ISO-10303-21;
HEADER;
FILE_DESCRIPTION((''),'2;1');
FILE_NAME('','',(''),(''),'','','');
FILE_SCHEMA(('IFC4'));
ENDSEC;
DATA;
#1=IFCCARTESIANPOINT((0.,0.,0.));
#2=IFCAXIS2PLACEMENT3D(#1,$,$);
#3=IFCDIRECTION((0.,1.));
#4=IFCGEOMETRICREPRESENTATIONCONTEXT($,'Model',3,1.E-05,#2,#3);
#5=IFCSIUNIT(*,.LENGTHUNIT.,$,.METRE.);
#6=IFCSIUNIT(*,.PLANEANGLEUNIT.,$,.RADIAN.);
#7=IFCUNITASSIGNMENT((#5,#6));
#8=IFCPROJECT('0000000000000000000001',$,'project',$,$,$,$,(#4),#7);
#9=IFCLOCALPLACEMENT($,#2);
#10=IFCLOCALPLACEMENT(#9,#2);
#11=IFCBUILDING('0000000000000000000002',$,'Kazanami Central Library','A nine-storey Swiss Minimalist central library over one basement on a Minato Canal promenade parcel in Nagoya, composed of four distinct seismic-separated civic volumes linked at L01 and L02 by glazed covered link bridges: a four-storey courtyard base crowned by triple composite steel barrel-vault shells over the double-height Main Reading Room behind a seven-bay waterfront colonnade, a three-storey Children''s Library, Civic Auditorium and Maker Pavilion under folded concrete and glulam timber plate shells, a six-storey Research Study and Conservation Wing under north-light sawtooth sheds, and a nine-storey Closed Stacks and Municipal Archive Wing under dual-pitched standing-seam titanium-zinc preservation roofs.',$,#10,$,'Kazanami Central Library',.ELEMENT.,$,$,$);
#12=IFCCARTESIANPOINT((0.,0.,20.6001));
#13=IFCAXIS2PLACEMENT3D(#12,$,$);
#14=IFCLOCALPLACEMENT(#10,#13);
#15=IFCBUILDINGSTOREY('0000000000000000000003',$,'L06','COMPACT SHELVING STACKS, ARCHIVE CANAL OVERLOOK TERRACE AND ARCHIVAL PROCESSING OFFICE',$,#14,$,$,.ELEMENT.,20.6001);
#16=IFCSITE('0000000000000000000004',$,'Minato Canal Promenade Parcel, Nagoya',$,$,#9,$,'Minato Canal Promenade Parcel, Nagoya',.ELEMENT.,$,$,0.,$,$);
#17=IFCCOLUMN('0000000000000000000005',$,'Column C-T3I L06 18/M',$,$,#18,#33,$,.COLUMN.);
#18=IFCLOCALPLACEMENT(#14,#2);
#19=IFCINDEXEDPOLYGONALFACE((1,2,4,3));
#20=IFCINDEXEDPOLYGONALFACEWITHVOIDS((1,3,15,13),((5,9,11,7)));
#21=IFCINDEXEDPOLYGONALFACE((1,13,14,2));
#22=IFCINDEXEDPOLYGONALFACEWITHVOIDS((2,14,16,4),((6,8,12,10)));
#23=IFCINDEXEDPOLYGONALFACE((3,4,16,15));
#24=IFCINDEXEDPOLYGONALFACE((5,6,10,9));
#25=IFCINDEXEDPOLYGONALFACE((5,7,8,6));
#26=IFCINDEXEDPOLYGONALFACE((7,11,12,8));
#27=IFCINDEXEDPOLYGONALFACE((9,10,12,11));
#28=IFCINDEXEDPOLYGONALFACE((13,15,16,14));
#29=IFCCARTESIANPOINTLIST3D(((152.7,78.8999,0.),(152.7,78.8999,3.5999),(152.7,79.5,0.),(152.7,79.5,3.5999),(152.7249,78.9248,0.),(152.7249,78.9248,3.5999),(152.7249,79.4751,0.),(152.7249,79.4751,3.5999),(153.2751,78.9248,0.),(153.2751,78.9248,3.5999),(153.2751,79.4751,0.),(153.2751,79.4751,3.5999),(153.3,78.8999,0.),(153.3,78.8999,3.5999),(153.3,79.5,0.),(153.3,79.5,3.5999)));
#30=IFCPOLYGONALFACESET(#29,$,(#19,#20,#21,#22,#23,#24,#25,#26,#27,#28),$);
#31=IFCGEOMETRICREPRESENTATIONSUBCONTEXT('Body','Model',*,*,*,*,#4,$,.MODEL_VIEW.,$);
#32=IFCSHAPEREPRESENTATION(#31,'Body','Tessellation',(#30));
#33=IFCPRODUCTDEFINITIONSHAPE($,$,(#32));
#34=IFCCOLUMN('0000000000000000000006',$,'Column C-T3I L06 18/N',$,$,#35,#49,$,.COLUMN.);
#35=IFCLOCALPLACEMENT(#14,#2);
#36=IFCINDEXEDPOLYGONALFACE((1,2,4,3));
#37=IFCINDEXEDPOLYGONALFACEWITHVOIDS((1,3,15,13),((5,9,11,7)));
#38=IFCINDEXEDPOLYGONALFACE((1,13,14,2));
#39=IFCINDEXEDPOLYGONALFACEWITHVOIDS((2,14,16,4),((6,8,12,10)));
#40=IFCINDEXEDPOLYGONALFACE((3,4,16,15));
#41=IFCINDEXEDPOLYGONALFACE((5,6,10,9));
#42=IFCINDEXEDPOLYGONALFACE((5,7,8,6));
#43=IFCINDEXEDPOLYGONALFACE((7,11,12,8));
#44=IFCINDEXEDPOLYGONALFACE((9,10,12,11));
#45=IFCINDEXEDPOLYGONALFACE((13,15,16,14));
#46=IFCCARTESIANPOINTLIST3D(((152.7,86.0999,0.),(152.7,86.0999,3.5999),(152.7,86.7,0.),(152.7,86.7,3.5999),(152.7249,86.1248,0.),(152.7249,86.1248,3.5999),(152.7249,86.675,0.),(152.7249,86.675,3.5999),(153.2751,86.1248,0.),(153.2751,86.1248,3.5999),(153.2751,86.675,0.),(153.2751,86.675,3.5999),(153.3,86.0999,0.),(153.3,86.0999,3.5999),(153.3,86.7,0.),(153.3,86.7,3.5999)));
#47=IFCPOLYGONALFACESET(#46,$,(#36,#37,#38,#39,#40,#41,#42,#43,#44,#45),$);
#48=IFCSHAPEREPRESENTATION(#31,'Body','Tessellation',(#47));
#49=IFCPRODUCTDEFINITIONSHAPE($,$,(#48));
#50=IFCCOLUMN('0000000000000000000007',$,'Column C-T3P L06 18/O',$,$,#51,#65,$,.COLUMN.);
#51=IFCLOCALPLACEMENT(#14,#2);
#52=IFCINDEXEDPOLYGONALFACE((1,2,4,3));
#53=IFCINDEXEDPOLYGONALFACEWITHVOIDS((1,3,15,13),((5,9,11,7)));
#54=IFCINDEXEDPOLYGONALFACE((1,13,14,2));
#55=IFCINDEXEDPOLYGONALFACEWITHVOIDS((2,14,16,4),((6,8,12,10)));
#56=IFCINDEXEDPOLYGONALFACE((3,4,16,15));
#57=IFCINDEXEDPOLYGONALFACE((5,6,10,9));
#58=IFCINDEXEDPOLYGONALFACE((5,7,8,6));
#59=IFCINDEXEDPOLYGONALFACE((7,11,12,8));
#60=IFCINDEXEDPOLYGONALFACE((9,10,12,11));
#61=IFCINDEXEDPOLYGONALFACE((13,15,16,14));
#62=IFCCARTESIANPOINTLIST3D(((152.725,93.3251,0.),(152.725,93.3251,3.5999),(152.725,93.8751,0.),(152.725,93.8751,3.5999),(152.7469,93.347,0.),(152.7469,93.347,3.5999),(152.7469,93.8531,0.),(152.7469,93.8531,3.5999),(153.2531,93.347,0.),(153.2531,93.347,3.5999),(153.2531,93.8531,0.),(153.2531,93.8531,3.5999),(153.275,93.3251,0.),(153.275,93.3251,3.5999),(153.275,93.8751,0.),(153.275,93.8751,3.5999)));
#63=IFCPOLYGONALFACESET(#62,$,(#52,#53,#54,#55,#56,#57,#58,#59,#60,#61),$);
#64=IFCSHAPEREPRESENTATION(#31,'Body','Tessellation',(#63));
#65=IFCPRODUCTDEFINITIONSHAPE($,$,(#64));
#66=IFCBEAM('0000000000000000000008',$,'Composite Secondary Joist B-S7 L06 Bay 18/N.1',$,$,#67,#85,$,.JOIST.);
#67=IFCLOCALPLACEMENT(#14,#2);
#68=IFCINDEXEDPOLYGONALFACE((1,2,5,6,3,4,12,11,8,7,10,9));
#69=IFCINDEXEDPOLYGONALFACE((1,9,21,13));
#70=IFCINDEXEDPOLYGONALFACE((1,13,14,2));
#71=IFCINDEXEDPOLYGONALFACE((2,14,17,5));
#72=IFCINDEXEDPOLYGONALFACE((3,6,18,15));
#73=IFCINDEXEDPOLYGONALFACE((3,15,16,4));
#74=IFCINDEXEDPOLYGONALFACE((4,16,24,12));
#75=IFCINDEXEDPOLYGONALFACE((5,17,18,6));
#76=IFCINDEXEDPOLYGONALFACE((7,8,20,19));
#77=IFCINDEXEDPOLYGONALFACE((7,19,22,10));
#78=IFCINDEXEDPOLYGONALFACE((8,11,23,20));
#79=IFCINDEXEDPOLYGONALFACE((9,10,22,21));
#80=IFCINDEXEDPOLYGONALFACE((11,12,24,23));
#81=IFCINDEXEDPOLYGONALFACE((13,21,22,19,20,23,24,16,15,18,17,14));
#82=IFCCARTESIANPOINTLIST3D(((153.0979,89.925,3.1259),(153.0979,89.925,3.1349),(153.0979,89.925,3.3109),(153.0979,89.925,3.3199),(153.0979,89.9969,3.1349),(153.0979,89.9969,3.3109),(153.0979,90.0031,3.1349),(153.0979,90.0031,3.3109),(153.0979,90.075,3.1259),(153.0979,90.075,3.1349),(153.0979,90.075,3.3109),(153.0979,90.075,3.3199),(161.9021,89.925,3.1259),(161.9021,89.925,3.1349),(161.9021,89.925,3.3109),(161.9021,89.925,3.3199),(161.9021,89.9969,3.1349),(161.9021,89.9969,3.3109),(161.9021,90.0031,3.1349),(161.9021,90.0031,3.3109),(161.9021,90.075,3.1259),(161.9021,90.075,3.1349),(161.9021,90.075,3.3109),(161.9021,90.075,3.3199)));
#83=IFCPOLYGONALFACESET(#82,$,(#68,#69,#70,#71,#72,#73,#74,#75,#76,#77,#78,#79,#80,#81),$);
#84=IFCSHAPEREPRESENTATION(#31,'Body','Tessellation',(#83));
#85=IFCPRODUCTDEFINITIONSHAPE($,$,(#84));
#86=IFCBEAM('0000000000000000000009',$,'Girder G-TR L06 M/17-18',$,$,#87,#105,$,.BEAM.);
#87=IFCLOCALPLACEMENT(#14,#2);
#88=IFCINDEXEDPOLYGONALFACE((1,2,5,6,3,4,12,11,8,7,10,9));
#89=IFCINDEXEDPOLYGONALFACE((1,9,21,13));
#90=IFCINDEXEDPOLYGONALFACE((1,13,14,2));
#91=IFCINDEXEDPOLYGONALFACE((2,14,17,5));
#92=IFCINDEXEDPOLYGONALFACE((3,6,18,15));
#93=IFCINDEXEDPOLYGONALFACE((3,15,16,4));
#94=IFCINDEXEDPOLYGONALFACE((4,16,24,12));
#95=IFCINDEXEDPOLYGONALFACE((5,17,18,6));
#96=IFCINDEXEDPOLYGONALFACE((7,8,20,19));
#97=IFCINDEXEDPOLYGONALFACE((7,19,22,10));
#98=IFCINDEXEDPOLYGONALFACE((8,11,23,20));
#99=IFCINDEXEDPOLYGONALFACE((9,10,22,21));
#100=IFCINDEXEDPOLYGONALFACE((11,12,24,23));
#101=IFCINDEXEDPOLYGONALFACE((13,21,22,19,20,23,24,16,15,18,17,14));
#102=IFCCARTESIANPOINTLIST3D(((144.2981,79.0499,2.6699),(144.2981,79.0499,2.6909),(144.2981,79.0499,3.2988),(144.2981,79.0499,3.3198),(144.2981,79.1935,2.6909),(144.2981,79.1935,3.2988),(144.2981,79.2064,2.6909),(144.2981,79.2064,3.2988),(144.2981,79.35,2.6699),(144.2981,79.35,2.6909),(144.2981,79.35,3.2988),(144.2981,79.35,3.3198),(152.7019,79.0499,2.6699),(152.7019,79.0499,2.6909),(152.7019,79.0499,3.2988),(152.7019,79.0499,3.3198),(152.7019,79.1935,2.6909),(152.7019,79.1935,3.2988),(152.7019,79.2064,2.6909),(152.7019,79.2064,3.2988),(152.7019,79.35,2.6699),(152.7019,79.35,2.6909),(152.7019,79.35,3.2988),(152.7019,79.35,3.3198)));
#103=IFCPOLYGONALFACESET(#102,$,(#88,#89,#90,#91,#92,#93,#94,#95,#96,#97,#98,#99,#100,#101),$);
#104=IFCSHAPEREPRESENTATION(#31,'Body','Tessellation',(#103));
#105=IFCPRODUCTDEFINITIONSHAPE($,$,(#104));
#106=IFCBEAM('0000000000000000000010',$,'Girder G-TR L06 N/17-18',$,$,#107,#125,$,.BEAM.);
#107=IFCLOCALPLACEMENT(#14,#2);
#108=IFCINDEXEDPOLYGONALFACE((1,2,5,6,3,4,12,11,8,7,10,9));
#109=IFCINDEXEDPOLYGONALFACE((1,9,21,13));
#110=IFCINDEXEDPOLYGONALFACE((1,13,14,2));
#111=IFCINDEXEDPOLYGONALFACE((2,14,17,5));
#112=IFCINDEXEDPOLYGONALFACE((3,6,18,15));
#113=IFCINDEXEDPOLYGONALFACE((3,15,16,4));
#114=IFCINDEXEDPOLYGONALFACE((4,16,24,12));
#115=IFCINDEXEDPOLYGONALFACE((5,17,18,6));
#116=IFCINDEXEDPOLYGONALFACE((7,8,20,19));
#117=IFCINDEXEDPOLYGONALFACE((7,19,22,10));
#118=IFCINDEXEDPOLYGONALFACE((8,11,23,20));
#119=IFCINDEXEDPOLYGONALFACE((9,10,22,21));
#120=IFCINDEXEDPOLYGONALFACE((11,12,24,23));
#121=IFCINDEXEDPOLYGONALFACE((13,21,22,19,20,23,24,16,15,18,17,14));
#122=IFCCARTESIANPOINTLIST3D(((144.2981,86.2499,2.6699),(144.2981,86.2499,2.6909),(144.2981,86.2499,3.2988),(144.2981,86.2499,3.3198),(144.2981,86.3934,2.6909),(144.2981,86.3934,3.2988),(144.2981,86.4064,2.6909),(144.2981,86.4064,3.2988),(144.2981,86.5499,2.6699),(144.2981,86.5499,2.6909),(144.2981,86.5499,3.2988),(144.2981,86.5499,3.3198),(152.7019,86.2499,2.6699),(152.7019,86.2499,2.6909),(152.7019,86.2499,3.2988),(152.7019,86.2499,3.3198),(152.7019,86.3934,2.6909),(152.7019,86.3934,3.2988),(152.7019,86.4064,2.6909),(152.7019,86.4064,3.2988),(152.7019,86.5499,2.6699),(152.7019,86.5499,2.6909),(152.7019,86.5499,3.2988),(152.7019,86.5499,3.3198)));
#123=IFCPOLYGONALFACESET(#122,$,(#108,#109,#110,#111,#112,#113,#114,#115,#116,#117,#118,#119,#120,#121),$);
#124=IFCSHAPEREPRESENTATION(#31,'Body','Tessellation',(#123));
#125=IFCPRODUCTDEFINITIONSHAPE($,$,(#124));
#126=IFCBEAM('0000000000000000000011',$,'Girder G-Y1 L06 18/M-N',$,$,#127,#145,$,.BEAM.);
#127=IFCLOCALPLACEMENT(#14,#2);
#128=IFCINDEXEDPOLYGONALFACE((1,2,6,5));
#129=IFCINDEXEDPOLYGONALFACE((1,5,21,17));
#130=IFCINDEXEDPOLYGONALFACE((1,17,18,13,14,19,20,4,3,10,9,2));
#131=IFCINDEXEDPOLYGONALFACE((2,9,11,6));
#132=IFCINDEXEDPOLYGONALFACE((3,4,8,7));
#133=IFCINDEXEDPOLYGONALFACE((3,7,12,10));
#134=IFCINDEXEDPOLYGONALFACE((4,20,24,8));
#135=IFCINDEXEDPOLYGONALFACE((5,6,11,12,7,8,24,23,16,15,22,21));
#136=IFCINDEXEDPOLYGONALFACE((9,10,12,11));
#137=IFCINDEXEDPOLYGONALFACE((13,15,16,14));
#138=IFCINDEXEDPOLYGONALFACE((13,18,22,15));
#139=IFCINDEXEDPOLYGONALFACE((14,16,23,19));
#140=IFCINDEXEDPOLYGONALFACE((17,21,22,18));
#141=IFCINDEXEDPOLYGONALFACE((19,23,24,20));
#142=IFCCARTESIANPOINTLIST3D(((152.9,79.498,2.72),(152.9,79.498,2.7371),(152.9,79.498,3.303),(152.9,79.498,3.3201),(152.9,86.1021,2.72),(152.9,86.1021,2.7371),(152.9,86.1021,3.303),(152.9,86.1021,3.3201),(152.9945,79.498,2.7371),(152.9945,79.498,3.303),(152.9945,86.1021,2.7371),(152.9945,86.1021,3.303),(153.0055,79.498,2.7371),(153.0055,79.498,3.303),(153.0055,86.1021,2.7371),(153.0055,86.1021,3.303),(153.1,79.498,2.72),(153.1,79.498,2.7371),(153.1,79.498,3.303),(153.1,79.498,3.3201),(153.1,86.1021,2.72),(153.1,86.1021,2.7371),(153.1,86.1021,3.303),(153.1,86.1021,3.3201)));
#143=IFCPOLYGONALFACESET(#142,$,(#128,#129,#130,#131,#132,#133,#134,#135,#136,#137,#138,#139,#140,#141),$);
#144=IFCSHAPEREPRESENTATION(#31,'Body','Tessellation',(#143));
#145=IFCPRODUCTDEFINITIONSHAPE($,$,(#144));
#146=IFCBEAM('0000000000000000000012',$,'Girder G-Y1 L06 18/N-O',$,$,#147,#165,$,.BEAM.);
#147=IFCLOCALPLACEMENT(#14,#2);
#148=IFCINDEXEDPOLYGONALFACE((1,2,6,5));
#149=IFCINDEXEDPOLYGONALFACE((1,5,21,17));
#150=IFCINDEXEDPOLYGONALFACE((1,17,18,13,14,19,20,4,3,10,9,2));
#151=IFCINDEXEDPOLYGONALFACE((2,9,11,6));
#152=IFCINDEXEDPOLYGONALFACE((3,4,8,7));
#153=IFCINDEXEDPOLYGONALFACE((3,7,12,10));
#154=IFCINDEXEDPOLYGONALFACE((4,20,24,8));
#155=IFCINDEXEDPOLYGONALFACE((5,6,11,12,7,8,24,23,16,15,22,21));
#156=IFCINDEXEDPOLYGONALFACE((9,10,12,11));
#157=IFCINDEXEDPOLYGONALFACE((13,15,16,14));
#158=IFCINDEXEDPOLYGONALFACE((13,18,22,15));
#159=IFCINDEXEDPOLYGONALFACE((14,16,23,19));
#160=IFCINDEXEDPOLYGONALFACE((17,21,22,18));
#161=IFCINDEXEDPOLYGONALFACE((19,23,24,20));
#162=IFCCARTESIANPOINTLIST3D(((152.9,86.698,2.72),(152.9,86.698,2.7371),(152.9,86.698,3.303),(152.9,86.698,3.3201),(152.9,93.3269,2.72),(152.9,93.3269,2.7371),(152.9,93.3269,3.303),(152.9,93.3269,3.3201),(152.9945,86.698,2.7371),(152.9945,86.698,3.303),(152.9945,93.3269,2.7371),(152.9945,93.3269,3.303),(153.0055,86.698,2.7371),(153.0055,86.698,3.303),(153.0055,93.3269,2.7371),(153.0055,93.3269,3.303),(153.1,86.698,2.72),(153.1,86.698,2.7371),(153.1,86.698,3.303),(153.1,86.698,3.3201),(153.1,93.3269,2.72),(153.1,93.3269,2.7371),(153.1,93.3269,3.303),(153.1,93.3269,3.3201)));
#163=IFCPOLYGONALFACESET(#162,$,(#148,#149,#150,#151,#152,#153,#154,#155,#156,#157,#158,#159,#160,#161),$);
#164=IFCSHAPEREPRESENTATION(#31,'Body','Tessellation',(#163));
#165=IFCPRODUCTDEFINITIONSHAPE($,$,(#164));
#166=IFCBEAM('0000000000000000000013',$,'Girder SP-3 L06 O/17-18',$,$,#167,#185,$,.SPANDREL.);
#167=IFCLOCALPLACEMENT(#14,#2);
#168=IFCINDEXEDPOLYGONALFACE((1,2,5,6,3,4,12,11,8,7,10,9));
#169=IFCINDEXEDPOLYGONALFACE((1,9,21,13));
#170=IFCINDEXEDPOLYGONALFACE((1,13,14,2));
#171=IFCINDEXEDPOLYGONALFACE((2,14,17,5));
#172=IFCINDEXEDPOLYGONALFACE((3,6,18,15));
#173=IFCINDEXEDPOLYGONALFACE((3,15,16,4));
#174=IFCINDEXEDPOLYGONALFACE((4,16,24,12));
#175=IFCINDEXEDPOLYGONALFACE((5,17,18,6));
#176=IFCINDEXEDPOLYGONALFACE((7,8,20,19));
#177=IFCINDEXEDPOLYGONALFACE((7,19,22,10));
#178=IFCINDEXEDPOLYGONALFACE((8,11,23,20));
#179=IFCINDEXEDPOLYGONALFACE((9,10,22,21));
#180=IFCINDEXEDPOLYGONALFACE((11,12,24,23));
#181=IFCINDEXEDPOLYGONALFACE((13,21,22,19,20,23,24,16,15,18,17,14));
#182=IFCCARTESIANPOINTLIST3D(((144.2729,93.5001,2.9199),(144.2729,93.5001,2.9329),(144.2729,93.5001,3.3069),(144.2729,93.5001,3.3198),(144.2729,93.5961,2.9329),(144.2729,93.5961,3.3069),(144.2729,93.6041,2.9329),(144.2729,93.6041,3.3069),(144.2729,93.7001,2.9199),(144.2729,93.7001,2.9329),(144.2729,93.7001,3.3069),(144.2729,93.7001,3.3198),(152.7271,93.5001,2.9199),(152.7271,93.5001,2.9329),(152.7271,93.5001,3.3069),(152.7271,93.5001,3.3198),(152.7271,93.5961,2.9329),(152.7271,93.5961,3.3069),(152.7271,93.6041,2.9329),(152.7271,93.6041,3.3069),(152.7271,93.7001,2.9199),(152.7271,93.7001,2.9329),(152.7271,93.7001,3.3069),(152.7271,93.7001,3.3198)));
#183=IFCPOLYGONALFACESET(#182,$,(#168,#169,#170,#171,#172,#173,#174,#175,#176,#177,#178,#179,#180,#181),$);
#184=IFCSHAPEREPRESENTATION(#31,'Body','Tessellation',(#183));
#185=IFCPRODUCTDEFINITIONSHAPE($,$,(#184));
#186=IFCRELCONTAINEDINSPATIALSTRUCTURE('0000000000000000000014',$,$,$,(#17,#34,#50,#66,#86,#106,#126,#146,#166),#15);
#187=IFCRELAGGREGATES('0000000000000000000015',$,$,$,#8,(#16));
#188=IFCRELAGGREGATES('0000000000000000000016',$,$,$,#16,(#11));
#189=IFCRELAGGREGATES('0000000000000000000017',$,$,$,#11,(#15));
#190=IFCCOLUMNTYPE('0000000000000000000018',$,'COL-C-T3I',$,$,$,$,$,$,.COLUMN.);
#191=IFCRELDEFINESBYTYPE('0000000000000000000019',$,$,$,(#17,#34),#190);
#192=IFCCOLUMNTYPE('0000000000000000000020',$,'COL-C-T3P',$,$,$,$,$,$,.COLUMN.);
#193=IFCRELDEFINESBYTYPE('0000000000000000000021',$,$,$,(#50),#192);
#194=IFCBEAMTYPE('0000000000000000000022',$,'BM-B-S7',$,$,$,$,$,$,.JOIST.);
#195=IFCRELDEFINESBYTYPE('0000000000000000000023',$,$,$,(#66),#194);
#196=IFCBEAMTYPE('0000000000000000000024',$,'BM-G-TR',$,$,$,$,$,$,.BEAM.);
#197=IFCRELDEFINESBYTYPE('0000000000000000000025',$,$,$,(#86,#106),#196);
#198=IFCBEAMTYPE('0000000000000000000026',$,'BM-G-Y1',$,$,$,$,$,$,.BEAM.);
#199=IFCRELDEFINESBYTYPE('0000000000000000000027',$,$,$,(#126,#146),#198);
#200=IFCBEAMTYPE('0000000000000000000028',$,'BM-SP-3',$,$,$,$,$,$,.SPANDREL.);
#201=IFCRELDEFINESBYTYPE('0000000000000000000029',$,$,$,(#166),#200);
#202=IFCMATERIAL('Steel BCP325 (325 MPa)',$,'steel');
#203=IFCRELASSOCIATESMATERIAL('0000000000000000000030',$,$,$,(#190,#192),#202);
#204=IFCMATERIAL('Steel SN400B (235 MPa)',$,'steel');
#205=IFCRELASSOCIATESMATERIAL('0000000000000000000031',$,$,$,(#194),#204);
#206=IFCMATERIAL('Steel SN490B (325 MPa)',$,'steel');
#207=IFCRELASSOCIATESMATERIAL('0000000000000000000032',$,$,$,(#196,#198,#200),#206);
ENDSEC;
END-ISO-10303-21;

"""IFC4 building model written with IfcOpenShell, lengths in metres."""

from ifc_helpers import new_model, si_unit, direction, frame, origin, origin_2d, place, context, subcontext, project, spatial, hollow_rectangle, i_section, extrude, material, material_profile, profile_set, type_object, element, save


model = new_model("IFC4")

# Units and contexts
model_context = context("Model", 3, precision=1e-05, world=origin(), true_north=direction((0.0, 1.0)))
body_context = subcontext(model_context, "Body", "Model", "MODEL_VIEW")
ifc_project = project(units=[si_unit("LENGTHUNIT", "METRE"), si_unit("PLANEANGLEUNIT", "RADIAN")], contexts=[model_context])

# Site, building, storey
site_placement = place(None, origin())
site = spatial("IfcSite", under=ifc_project, at=site_placement, Name="Minato Canal Promenade Parcel, Nagoya", LongName="Minato Canal Promenade Parcel, Nagoya", CompositionType="ELEMENT", RefElevation=0.0)
building_placement = place(site_placement, origin())
building = spatial("IfcBuilding", under=site, at=building_placement, Name="Kazanami Central Library", Description="A nine-storey Swiss Minimalist central library over one basement on a Minato Canal promenade parcel in Nagoya, composed of four distinct seismic-separated civic volumes linked at L01 and L02 by glazed covered link bridges: a four-storey courtyard base crowned by triple composite steel barrel-vault shells over the double-height Main Reading Room behind a seven-bay waterfront colonnade, a three-storey Children's Library, Civic Auditorium and Maker Pavilion under folded concrete and glulam timber plate shells, a six-storey Research Study and Conservation Wing under north-light sawtooth sheds, and a nine-storey Closed Stacks and Municipal Archive Wing under dual-pitched standing-seam titanium-zinc preservation roofs.", LongName="Kazanami Central Library", CompositionType="ELEMENT")
storey_placement = place(building_placement, frame((0.0, 0.0, 20.6001)))
storey = spatial("IfcBuildingStorey", under=building, at=storey_placement, Name="L06", Description="COMPACT SHELVING STACKS, ARCHIVE CANAL OVERLOOK TERRACE AND ARCHIVAL PROCESSING OFFICE", CompositionType="ELEMENT", Elevation=20.6001)

# Columns
ifc_material_1 = material(Name="Steel BCP325 (325 MPa)", Category="steel")
ifc_material_profile_1 = material_profile(ifc_material_1, hollow_rectangle(XDim=0.6001, YDim=0.6001, WallThickness=0.0249, at=origin_2d()), Name="BCP-600x600x25")
ifc_profile_set_1 = profile_set([ifc_material_profile_1], Name="Steel BCP325 (325 MPa)")
column_type_1 = type_object("IfcColumnType", Name="COL-C-T3I", PredefinedType="COLUMN", material=ifc_profile_set_1)
for number, where, z_axis, x_axis, name in (
    (1, (153.0, 79.2, 0.0), (0.0, 0.0, 1.0), (1.0, 0.0, 0.0), "Column C-T3I L06 18/M"),
    (2, (153.0, 86.3999, 0.0), (0.0, 0.0, 1.0), (1.0, 0.0, 0.0), "Column C-T3I L06 18/N"),
):
    element("IfcColumn", number, at=place(storey_placement, frame(where, z_axis=z_axis, x_axis=x_axis)), inside=storey, type_object=column_type_1, Name=name, PredefinedType="COLUMN", context=body_context, shape_type="SweptSolid", body=[
        extrude(hollow_rectangle(XDim=0.6001, YDim=0.6001, WallThickness=0.0249, at=origin_2d()), origin(), (0.0, 0.0, 1.0), 3.5999),
    ])
ifc_material_profile_2 = material_profile(ifc_material_1, hollow_rectangle(XDim=0.55, YDim=0.55, WallThickness=0.022, at=origin_2d()), Name="BCP-550x550x22")
ifc_profile_set_2 = profile_set([ifc_material_profile_2], Name="Steel BCP325 (325 MPa)")
column_type_2 = type_object("IfcColumnType", Name="COL-C-T3P", PredefinedType="COLUMN", material=ifc_profile_set_2)
column_placement = place(storey_placement, frame((153.0, 93.6001, 0.0), z_axis=(0.0, 0.0, 1.0), x_axis=(1.0, 0.0, 0.0)))
element("IfcColumn", 3, at=column_placement, inside=storey, type_object=column_type_2, Name="Column C-T3P L06 18/O", PredefinedType="COLUMN", context=body_context, shape_type="SweptSolid", body=[
    extrude(hollow_rectangle(XDim=0.55, YDim=0.55, WallThickness=0.022, at=origin_2d()), origin(), (0.0, 0.0, 1.0), 3.5999),
])

# Beams
ifc_material_2 = material(Name="Steel SN400B (235 MPa)", Category="steel")
ifc_material_profile_3 = material_profile(ifc_material_2, i_section(OverallWidth=0.1499, OverallDepth=0.1941, WebThickness=0.0061, FlangeThickness=0.009, at=origin_2d()), Name="H-194x150x6x9")
ifc_profile_set_3 = profile_set([ifc_material_profile_3], Name="Steel SN400B (235 MPa)")
beam_type_1 = type_object("IfcBeamType", Name="BM-B-S7", PredefinedType="JOIST", material=ifc_profile_set_3)
beam_1_placement = place(storey_placement, frame((153.0979, 90.0, 3.2229), z_axis=(1.0, 0.0, 0.0), x_axis=(0.0, 1.0, 0.0)))
element("IfcBeam", 4, at=beam_1_placement, inside=storey, type_object=beam_type_1, Name="Composite Secondary Joist B-S7 L06 Bay 18/N.1", PredefinedType="JOIST", context=body_context, shape_type="SweptSolid", body=[
    extrude(i_section(OverallWidth=0.1499, OverallDepth=0.1941, WebThickness=0.0061, FlangeThickness=0.009, at=origin_2d()), origin(), (0.0, 0.0, 1.0), 8.8042),
])
ifc_material_3 = material(Name="Steel SN490B (325 MPa)", Category="steel")
ifc_material_profile_4 = material_profile(ifc_material_3, i_section(OverallWidth=0.3, OverallDepth=0.6499, WebThickness=0.0129, FlangeThickness=0.021, at=origin_2d()), Name="H-650x300x13x21")
ifc_profile_set_4 = profile_set([ifc_material_profile_4], Name="Steel SN490B (325 MPa)")
beam_type_2 = type_object("IfcBeamType", Name="BM-G-TR", PredefinedType="BEAM", material=ifc_profile_set_4)
for number, where, z_axis, x_axis, name in (
    (5, (144.2981, 79.2, 2.9949), (1.0, 0.0, 0.0), (0.0, 1.0, 0.0), "Girder G-TR L06 M/17-18"),
    (6, (144.2981, 86.3999, 2.9949), (1.0, 0.0, 0.0), (0.0, 1.0, 0.0), "Girder G-TR L06 N/17-18"),
):
    element("IfcBeam", number, at=place(storey_placement, frame(where, z_axis=z_axis, x_axis=x_axis)), inside=storey, type_object=beam_type_2, Name=name, PredefinedType="BEAM", context=body_context, shape_type="SweptSolid", body=[
        extrude(i_section(OverallWidth=0.3, OverallDepth=0.6499, WebThickness=0.0129, FlangeThickness=0.021, at=origin_2d()), origin(), (0.0, 0.0, 1.0), 8.4038),
    ])
ifc_material_profile_5 = material_profile(ifc_material_3, i_section(OverallWidth=0.2, OverallDepth=0.6001, WebThickness=0.011, FlangeThickness=0.0171, at=origin_2d()), Name="H-600x200x11x17")
ifc_profile_set_5 = profile_set([ifc_material_profile_5], Name="Steel SN490B (325 MPa)")
beam_type_3 = type_object("IfcBeamType", Name="BM-G-Y1", PredefinedType="BEAM", material=ifc_profile_set_5)
beam_2_placement = place(storey_placement, frame((153.0, 79.498, 3.02), z_axis=(0.0, 1.0, 0.0), x_axis=(-1.0, 0.0, 0.0)))
element("IfcBeam", 7, at=beam_2_placement, inside=storey, type_object=beam_type_3, Name="Girder G-Y1 L06 18/M-N", PredefinedType="BEAM", context=body_context, shape_type="SweptSolid", body=[
    extrude(i_section(OverallWidth=0.2, OverallDepth=0.6001, WebThickness=0.011, FlangeThickness=0.0171, at=origin_2d()), origin(), (0.0, 0.0, 1.0), 6.604),
])
beam_3_placement = place(storey_placement, frame((153.0, 86.698, 3.02), z_axis=(0.0, 1.0, 0.0), x_axis=(-1.0, 0.0, 0.0)))
element("IfcBeam", 8, at=beam_3_placement, inside=storey, type_object=beam_type_3, Name="Girder G-Y1 L06 18/N-O", PredefinedType="BEAM", context=body_context, shape_type="SweptSolid", body=[
    extrude(i_section(OverallWidth=0.2, OverallDepth=0.6001, WebThickness=0.011, FlangeThickness=0.0171, at=origin_2d()), origin(), (0.0, 0.0, 1.0), 6.6289),
])
ifc_material_profile_6 = material_profile(ifc_material_3, i_section(OverallWidth=0.2, OverallDepth=0.3999, WebThickness=0.0081, FlangeThickness=0.0129, at=origin_2d()), Name="H-400x200x8x13")
ifc_profile_set_6 = profile_set([ifc_material_profile_6], Name="Steel SN490B (325 MPa)")
beam_type_4 = type_object("IfcBeamType", Name="BM-SP-3", PredefinedType="SPANDREL", material=ifc_profile_set_6)
for number, where, z_axis, x_axis, name in (
    (9, (144.2729, 93.6001, 3.1199), (1.0, 0.0, 0.0), (0.0, 1.0, 0.0), "Girder SP-3 L06 O/17-18"),
):
    element("IfcBeam", number, at=place(storey_placement, frame(where, z_axis=z_axis, x_axis=x_axis)), inside=storey, type_object=beam_type_4, Name=name, PredefinedType="SPANDREL", context=body_context, shape_type="SweptSolid", body=[
        extrude(i_section(OverallWidth=0.2, OverallDepth=0.3999, WebThickness=0.0081, FlangeThickness=0.0129, at=origin_2d()), origin(), (0.0, 0.0, 1.0), 8.4541),
    ])

save(model, "model.ifc")
